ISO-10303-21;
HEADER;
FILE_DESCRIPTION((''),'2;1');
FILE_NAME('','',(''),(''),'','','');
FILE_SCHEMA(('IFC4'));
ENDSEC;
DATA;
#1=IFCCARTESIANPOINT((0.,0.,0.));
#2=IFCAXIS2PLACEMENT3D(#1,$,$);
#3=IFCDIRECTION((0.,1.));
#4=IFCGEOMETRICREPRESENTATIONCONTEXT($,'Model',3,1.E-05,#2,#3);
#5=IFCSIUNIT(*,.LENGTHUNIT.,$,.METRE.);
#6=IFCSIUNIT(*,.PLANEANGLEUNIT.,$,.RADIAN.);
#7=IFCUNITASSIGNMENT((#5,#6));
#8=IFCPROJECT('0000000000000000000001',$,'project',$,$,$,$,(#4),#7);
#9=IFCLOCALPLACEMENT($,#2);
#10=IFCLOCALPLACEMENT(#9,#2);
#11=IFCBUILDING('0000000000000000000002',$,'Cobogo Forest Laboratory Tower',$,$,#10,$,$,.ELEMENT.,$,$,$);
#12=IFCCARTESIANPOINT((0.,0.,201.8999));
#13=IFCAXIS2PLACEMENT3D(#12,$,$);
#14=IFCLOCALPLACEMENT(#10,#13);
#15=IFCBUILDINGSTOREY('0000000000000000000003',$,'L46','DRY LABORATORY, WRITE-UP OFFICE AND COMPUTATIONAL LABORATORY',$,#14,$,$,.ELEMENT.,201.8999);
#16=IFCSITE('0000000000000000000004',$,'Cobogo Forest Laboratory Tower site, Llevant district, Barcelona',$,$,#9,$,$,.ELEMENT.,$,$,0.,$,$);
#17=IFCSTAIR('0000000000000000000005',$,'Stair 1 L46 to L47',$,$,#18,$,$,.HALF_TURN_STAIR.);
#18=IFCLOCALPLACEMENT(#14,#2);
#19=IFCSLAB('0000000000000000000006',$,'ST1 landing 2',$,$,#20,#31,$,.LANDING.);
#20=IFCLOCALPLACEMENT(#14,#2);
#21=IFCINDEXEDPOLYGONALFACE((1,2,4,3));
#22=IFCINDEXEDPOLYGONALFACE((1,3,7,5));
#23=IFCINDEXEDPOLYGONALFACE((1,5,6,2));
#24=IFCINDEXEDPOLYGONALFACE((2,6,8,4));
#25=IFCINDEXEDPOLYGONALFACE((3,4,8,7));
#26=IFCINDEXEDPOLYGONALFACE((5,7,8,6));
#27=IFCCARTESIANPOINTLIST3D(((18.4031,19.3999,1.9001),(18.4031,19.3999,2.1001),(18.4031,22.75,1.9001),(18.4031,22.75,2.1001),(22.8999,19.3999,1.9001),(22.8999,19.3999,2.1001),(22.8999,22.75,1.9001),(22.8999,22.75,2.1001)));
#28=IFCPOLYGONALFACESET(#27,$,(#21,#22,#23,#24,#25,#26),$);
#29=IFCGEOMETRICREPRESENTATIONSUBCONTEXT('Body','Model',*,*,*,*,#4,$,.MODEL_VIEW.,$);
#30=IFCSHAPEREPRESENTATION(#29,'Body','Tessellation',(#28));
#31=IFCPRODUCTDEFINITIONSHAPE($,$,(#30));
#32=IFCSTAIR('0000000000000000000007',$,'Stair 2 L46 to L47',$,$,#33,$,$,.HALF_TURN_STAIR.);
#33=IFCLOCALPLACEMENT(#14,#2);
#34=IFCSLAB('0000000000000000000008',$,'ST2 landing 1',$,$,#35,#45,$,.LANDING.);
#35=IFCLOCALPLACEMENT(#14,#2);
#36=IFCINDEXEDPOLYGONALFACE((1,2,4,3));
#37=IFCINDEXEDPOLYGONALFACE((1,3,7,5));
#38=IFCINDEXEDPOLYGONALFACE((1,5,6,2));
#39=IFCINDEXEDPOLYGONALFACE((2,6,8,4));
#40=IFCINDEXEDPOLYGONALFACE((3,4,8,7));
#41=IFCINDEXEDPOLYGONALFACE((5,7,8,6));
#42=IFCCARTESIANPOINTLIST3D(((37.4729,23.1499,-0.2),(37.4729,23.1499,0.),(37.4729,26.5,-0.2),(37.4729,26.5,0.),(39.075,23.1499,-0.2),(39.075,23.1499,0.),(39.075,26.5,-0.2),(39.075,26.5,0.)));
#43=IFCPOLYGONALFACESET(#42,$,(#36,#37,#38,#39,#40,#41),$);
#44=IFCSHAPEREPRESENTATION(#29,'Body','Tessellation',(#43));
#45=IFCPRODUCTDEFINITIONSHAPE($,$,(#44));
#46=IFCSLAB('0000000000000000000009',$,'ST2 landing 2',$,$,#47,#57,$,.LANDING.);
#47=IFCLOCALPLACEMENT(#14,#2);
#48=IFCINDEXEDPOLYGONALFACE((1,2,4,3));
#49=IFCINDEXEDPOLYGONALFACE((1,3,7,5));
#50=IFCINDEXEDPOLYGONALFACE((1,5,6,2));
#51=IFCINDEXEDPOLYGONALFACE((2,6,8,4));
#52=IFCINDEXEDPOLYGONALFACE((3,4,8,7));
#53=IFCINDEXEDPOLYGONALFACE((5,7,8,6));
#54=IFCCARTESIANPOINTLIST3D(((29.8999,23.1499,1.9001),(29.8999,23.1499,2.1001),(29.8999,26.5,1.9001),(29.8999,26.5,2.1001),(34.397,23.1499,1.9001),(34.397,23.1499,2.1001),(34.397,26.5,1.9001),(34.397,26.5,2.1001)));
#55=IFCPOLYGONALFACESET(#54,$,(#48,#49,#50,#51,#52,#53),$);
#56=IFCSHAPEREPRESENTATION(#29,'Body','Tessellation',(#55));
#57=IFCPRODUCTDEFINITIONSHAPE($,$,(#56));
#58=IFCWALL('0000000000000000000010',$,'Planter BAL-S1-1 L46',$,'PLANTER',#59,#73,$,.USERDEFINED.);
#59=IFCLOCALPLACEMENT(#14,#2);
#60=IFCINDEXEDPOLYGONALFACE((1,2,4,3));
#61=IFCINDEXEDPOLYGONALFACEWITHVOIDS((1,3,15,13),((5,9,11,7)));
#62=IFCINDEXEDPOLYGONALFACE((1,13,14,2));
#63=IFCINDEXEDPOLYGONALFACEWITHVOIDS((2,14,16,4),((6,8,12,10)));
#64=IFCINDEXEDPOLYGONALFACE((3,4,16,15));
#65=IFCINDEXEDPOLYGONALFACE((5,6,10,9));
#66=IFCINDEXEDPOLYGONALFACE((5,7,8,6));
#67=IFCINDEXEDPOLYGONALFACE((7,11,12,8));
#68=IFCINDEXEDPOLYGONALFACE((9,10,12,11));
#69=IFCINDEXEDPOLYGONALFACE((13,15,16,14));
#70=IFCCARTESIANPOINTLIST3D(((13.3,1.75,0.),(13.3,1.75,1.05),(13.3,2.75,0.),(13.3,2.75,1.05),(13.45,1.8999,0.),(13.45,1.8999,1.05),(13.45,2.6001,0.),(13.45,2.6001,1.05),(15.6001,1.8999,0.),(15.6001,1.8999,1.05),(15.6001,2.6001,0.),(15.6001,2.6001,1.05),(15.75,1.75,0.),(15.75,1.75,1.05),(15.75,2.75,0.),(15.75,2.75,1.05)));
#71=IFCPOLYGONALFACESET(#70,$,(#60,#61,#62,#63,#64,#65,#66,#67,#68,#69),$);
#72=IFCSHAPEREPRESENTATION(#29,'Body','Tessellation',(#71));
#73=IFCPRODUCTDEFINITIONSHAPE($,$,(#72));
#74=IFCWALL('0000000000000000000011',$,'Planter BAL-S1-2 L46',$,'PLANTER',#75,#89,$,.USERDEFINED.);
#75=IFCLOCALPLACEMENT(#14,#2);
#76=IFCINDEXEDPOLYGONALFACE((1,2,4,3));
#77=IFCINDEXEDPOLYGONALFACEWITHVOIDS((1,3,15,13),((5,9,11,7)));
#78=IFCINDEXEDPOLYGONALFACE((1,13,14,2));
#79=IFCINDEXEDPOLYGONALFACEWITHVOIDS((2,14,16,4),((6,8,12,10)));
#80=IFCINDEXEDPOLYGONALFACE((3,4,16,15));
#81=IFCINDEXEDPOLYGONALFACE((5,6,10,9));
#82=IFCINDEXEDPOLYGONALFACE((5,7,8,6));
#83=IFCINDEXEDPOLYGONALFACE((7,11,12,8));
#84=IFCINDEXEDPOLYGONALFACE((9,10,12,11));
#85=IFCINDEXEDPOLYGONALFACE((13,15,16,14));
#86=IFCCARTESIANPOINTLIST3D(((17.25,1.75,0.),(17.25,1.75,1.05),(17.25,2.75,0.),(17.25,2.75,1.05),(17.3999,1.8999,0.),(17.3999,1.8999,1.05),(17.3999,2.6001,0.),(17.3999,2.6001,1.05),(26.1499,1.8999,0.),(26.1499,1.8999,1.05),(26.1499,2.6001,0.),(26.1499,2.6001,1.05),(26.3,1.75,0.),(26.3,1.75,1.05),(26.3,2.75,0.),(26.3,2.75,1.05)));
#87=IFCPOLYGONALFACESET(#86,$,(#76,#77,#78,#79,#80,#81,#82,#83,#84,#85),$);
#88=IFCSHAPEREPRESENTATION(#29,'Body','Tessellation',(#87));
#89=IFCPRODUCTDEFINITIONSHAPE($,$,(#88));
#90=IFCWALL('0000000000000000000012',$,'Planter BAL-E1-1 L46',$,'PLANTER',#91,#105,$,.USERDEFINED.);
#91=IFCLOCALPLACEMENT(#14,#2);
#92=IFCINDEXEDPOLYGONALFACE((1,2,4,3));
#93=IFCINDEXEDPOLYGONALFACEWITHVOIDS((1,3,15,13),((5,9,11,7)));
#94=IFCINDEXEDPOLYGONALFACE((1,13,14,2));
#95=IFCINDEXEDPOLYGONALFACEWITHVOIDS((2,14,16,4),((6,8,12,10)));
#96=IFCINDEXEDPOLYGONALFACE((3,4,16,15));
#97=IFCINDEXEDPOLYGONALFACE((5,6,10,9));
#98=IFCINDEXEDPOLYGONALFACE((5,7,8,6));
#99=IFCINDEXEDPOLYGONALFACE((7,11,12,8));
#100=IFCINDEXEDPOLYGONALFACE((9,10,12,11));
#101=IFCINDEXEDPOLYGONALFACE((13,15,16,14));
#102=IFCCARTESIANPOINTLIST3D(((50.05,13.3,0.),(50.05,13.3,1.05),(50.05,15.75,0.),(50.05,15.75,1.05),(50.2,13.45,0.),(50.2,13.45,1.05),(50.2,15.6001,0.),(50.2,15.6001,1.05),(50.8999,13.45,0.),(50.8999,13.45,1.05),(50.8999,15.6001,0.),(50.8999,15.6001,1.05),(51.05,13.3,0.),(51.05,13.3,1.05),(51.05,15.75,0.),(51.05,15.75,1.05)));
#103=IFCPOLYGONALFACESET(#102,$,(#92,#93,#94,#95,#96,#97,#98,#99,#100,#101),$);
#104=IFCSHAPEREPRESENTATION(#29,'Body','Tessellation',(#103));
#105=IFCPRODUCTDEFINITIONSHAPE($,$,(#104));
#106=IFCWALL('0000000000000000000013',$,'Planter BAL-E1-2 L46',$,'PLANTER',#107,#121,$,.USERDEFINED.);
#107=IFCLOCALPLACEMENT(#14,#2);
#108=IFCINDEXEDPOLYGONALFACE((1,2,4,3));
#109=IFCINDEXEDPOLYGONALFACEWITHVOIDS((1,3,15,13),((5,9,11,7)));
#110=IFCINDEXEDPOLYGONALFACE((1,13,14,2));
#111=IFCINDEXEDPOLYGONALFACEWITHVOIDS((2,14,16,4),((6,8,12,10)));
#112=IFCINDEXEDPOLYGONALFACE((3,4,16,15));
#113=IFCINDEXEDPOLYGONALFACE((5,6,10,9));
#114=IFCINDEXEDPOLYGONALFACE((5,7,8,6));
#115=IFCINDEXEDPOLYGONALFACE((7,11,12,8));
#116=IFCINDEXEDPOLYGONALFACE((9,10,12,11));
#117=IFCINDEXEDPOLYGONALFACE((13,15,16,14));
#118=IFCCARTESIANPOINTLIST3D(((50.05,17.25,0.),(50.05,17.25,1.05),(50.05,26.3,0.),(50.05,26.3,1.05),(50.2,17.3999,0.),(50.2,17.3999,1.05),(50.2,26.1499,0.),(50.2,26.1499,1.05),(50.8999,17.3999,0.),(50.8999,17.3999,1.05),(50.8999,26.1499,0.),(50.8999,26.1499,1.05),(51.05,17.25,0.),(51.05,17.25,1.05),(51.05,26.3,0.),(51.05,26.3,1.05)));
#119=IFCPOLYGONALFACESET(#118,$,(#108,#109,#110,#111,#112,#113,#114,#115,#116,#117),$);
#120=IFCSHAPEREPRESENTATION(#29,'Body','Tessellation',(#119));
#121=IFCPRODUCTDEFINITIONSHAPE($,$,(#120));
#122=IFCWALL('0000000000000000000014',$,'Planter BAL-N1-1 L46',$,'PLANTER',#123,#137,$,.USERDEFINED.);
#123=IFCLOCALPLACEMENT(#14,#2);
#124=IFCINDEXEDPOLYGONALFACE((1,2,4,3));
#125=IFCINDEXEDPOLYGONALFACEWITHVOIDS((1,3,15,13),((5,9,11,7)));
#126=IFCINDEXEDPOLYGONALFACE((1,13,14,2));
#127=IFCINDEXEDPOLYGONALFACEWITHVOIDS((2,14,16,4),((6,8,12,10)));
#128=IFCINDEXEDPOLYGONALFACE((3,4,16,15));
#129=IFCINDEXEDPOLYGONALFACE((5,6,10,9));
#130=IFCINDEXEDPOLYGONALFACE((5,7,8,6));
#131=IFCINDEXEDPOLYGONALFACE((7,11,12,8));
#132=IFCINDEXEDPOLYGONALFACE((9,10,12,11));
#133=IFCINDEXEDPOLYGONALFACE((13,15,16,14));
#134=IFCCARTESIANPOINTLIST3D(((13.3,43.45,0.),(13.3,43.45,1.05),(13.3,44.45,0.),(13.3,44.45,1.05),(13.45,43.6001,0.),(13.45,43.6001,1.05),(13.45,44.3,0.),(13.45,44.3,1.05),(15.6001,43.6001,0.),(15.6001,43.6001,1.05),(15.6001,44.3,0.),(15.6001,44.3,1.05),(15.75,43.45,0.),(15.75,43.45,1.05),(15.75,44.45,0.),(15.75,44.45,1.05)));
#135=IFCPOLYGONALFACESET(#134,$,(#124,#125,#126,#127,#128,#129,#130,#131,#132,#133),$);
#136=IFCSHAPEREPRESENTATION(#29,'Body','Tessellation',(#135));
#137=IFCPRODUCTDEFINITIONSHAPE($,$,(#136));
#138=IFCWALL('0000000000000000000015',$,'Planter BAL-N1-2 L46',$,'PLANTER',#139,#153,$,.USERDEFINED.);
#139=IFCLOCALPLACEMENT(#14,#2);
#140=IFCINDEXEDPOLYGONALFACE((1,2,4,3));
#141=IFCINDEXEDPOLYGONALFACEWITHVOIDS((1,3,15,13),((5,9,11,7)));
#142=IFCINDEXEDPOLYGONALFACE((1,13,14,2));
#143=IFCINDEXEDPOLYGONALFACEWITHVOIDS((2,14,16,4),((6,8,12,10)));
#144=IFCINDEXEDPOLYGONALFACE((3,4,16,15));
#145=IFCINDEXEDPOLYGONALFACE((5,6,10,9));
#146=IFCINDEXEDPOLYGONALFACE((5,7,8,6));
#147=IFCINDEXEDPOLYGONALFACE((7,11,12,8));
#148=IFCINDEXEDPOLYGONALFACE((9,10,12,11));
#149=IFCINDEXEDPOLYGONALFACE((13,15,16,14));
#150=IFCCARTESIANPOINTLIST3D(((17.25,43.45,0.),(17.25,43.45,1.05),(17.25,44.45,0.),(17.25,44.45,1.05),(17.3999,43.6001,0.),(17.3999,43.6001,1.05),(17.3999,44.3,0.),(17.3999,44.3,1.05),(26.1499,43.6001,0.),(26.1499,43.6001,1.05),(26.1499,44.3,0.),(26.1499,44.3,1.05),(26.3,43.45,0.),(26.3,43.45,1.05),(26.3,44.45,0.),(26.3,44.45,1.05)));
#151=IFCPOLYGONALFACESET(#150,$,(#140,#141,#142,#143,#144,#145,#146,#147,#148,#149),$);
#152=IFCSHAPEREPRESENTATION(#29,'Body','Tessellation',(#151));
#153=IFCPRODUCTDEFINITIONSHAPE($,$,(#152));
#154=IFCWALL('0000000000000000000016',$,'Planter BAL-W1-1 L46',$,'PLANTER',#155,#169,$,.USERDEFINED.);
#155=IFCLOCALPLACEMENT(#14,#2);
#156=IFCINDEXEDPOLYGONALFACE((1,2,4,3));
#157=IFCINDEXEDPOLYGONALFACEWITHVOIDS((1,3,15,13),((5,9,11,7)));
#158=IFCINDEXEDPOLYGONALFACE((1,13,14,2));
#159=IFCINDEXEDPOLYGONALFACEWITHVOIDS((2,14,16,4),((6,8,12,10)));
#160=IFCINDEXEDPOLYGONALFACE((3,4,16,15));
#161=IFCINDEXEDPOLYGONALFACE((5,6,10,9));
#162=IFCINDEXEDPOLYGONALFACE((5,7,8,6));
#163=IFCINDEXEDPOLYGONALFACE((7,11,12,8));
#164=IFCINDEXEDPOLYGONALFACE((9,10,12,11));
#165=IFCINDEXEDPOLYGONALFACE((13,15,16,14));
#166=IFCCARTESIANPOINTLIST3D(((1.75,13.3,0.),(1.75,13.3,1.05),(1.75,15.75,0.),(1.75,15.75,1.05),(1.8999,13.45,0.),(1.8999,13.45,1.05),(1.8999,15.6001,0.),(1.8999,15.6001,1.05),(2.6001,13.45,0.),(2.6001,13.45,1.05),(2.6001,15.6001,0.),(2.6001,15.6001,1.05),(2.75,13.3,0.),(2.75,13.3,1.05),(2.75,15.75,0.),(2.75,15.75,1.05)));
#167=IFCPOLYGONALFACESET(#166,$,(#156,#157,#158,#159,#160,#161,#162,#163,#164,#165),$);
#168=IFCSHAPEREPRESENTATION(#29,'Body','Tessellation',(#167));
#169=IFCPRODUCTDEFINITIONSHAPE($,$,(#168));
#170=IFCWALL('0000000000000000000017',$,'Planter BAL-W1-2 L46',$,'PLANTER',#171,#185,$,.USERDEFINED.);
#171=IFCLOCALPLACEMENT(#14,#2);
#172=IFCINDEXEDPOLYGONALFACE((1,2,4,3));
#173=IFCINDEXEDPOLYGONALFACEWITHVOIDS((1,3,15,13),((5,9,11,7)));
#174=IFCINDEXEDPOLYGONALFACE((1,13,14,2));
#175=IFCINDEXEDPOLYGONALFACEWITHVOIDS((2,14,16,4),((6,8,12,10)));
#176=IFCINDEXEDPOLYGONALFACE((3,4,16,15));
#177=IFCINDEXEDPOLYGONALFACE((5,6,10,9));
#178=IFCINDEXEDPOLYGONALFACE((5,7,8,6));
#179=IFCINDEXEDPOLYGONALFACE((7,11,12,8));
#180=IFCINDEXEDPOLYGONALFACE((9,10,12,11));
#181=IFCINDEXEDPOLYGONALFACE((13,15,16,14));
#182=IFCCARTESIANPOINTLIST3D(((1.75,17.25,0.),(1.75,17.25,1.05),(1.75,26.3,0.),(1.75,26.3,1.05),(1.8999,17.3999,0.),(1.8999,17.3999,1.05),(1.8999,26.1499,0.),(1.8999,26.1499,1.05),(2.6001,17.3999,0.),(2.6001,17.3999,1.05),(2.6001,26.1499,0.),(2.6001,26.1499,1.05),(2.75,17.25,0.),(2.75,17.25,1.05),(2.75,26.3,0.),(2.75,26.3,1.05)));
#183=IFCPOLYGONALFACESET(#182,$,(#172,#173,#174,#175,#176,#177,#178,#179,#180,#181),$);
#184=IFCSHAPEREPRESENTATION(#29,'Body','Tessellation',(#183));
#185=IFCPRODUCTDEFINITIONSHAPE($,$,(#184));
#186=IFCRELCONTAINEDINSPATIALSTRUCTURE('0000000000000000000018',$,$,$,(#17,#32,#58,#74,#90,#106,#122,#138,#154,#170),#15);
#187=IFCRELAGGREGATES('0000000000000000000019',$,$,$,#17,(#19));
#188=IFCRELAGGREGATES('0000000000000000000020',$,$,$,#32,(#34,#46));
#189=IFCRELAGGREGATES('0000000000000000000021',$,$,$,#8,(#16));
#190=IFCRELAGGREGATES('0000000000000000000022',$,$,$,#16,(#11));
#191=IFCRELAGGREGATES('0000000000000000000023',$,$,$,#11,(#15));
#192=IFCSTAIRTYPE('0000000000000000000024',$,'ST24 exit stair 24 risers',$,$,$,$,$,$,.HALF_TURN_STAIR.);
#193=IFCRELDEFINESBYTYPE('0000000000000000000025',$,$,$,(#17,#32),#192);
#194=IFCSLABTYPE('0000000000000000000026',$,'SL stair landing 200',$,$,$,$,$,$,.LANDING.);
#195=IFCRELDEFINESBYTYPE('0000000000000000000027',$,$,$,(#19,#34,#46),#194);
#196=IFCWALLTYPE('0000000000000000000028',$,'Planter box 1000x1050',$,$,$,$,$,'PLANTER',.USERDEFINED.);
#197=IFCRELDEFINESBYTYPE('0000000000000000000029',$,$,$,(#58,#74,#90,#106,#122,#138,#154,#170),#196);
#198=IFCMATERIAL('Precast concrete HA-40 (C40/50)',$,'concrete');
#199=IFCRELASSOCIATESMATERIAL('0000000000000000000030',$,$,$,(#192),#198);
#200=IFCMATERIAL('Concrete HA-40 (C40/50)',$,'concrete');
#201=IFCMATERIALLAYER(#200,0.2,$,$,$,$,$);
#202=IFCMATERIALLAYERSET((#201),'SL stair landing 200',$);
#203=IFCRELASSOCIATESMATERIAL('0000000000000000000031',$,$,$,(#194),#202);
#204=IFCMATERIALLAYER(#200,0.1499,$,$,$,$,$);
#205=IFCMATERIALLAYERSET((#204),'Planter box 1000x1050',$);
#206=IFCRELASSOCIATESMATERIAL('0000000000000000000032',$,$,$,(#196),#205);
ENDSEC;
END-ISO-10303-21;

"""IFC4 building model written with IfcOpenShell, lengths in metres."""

from ifc_helpers import new_model, si_unit, direction, frame, origin, place, context, subcontext, project, spatial, polyline, outline, extrude, material, layer, layer_set, type_object, element, aggregate, save


model = new_model("IFC4")

# Units and contexts
model_context = context("Model", 3, precision=1e-05, world=origin(), true_north=direction((0.0, 1.0)))
body_context = subcontext(model_context, "Body", "Model", "MODEL_VIEW")
ifc_project = project(units=[si_unit("LENGTHUNIT", "METRE"), si_unit("PLANEANGLEUNIT", "RADIAN")], contexts=[model_context])

# Site, building, storey
site_placement = place(None, origin())
site = spatial("IfcSite", under=ifc_project, at=site_placement, Name="Cobogo Forest Laboratory Tower site, Llevant district, Barcelona", CompositionType="ELEMENT", RefElevation=0.0)
building_placement = place(site_placement, origin())
building = spatial("IfcBuilding", under=site, at=building_placement, Name="Cobogo Forest Laboratory Tower", CompositionType="ELEMENT")
storey_placement = place(building_placement, frame((0.0, 0.0, 201.8999)))
storey = spatial("IfcBuildingStorey", under=building, at=storey_placement, Name="L46", Description="DRY LABORATORY, WRITE-UP OFFICE AND COMPUTATIONAL LABORATORY", CompositionType="ELEMENT", Elevation=201.8999)

# Shared definitions
ifc_material_1 = material(Name="Concrete HA-40 (C40/50)", Category="concrete")

# Stairs, slabs
ifc_material_2 = material(Name="Precast concrete HA-40 (C40/50)", Category="concrete")
stair_type = type_object("IfcStairType", Name="ST24 exit stair 24 risers", PredefinedType="HALF_TURN_STAIR", material=ifc_material_2)
stair_1_placement = place(storey_placement, origin())
stair_1 = element("IfcStair", 1, at=stair_1_placement, inside=storey, type_object=stair_type, Name="Stair 1 L46 to L47", PredefinedType="HALF_TURN_STAIR")
ifc_layer_1 = layer(ifc_material_1, 0.2)
ifc_layer_set_1 = layer_set([ifc_layer_1], Name="SL stair landing 200")
slab_type_1 = type_object("IfcSlabType", Name="SL stair landing 200", PredefinedType="LANDING", material=ifc_layer_set_1)
slab_1_placement = place(storey_placement, frame((0.0, 0.0, 1.9001)))
slab_1 = element("IfcSlab", 2, at=slab_1_placement, type_object=slab_type_1, Name="ST1 landing 2", PredefinedType="LANDING", context=body_context, shape_type="SweptSolid", body=[
    extrude(outline(polyline([(18.4031, 19.3999), (22.8999, 19.3999), (22.8999, 22.75), (18.4031, 22.75), (18.4031, 19.3999)])), origin(), (0.0, 0.0, 1.0), 0.2),
])
aggregate(stair_1, [slab_1])
stair_2_placement = place(storey_placement, origin())
stair_2 = element("IfcStair", 3, at=stair_2_placement, inside=storey, type_object=stair_type, Name="Stair 2 L46 to L47", PredefinedType="HALF_TURN_STAIR")
slab_2_placement = place(storey_placement, frame((0.0, 0.0, -0.2)))
slab_2 = element("IfcSlab", 4, at=slab_2_placement, type_object=slab_type_1, Name="ST2 landing 1", PredefinedType="LANDING", context=body_context, shape_type="SweptSolid", body=[
    extrude(outline(polyline([(37.4729, 23.1499), (39.075, 23.1499), (39.075, 26.5), (37.4729, 26.5), (37.4729, 23.1499)])), origin(), (0.0, 0.0, 1.0), 0.2),
])
slab_3_placement = place(storey_placement, frame((0.0, 0.0, 1.9001)))
slab_3 = element("IfcSlab", 5, at=slab_3_placement, type_object=slab_type_1, Name="ST2 landing 2", PredefinedType="LANDING", context=body_context, shape_type="SweptSolid", body=[
    extrude(outline(polyline([(29.8999, 23.1499), (34.397, 23.1499), (34.397, 26.5), (29.8999, 26.5), (29.8999, 23.1499)])), origin(), (0.0, 0.0, 1.0), 0.2),
])
aggregate(stair_2, [slab_2, slab_3])

# Walls
ifc_layer_2 = layer(ifc_material_1, 0.1499)
ifc_layer_set_2 = layer_set([ifc_layer_2], Name="Planter box 1000x1050")
wall_type = type_object("IfcWallType", Name="Planter box 1000x1050", ElementType="PLANTER", PredefinedType="USERDEFINED", material=ifc_layer_set_2)
wall_1_placement = place(storey_placement, origin())
element("IfcWall", 6, at=wall_1_placement, inside=storey, type_object=wall_type, Name="Planter BAL-S1-1 L46", ObjectType="PLANTER", PredefinedType="USERDEFINED", context=body_context, shape_type="SweptSolid", body=[
    extrude(outline(polyline([(13.3, 1.75), (15.75, 1.75), (15.75, 2.75), (13.3, 2.75), (13.3, 1.75)]), holes=[polyline([(13.45, 1.8999), (15.6001, 1.8999), (15.6001, 2.6001), (13.45, 2.6001), (13.45, 1.8999)])]), origin(), (0.0, 0.0, 1.0), 1.05),
])
wall_2_placement = place(storey_placement, origin())
element("IfcWall", 7, at=wall_2_placement, inside=storey, type_object=wall_type, Name="Planter BAL-S1-2 L46", ObjectType="PLANTER", PredefinedType="USERDEFINED", context=body_context, shape_type="SweptSolid", body=[
    extrude(outline(polyline([(17.25, 1.75), (26.3, 1.75), (26.3, 2.75), (17.25, 2.75), (17.25, 1.75)]), holes=[polyline([(17.3999, 1.8999), (26.1499, 1.8999), (26.1499, 2.6001), (17.3999, 2.6001), (17.3999, 1.8999)])]), origin(), (0.0, 0.0, 1.0), 1.05),
])
wall_3_placement = place(storey_placement, origin())
element("IfcWall", 8, at=wall_3_placement, inside=storey, type_object=wall_type, Name="Planter BAL-E1-1 L46", ObjectType="PLANTER", PredefinedType="USERDEFINED", context=body_context, shape_type="SweptSolid", body=[
    extrude(outline(polyline([(50.05, 13.3), (51.05, 13.3), (51.05, 15.75), (50.05, 15.75), (50.05, 13.3)]), holes=[polyline([(50.2, 13.45), (50.8999, 13.45), (50.8999, 15.6001), (50.2, 15.6001), (50.2, 13.45)])]), origin(), (0.0, 0.0, 1.0), 1.05),
])
wall_4_placement = place(storey_placement, origin())
element("IfcWall", 9, at=wall_4_placement, inside=storey, type_object=wall_type, Name="Planter BAL-E1-2 L46", ObjectType="PLANTER", PredefinedType="USERDEFINED", context=body_context, shape_type="SweptSolid", body=[
    extrude(outline(polyline([(50.05, 17.25), (51.05, 17.25), (51.05, 26.3), (50.05, 26.3), (50.05, 17.25)]), holes=[polyline([(50.2, 17.3999), (50.8999, 17.3999), (50.8999, 26.1499), (50.2, 26.1499), (50.2, 17.3999)])]), origin(), (0.0, 0.0, 1.0), 1.05),
])
wall_5_placement = place(storey_placement, origin())
element("IfcWall", 10, at=wall_5_placement, inside=storey, type_object=wall_type, Name="Planter BAL-N1-1 L46", ObjectType="PLANTER", PredefinedType="USERDEFINED", context=body_context, shape_type="SweptSolid", body=[
    extrude(outline(polyline([(13.3, 43.45), (15.75, 43.45), (15.75, 44.45), (13.3, 44.45), (13.3, 43.45)]), holes=[polyline([(13.45, 43.6001), (15.6001, 43.6001), (15.6001, 44.3), (13.45, 44.3), (13.45, 43.6001)])]), origin(), (0.0, 0.0, 1.0), 1.05),
])
wall_6_placement = place(storey_placement, origin())
element("IfcWall", 11, at=wall_6_placement, inside=storey, type_object=wall_type, Name="Planter BAL-N1-2 L46", ObjectType="PLANTER", PredefinedType="USERDEFINED", context=body_context, shape_type="SweptSolid", body=[
    extrude(outline(polyline([(17.25, 43.45), (26.3, 43.45), (26.3, 44.45), (17.25, 44.45), (17.25, 43.45)]), holes=[polyline([(17.3999, 43.6001), (26.1499, 43.6001), (26.1499, 44.3), (17.3999, 44.3), (17.3999, 43.6001)])]), origin(), (0.0, 0.0, 1.0), 1.05),
])
wall_7_placement = place(storey_placement, origin())
element("IfcWall", 12, at=wall_7_placement, inside=storey, type_object=wall_type, Name="Planter BAL-W1-1 L46", ObjectType="PLANTER", PredefinedType="USERDEFINED", context=body_context, shape_type="SweptSolid", body=[
    extrude(outline(polyline([(1.75, 13.3), (2.75, 13.3), (2.75, 15.75), (1.75, 15.75), (1.75, 13.3)]), holes=[polyline([(1.8999, 13.45), (2.6001, 13.45), (2.6001, 15.6001), (1.8999, 15.6001), (1.8999, 13.45)])]), origin(), (0.0, 0.0, 1.0), 1.05),
])
wall_8_placement = place(storey_placement, origin())
element("IfcWall", 13, at=wall_8_placement, inside=storey, type_object=wall_type, Name="Planter BAL-W1-2 L46", ObjectType="PLANTER", PredefinedType="USERDEFINED", context=body_context, shape_type="SweptSolid", body=[
    extrude(outline(polyline([(1.75, 17.25), (2.75, 17.25), (2.75, 26.3), (1.75, 26.3), (1.75, 17.25)]), holes=[polyline([(1.8999, 17.3999), (2.6001, 17.3999), (2.6001, 26.1499), (1.8999, 26.1499), (1.8999, 17.3999)])]), origin(), (0.0, 0.0, 1.0), 1.05),
])

save(model, "model.ifc")
